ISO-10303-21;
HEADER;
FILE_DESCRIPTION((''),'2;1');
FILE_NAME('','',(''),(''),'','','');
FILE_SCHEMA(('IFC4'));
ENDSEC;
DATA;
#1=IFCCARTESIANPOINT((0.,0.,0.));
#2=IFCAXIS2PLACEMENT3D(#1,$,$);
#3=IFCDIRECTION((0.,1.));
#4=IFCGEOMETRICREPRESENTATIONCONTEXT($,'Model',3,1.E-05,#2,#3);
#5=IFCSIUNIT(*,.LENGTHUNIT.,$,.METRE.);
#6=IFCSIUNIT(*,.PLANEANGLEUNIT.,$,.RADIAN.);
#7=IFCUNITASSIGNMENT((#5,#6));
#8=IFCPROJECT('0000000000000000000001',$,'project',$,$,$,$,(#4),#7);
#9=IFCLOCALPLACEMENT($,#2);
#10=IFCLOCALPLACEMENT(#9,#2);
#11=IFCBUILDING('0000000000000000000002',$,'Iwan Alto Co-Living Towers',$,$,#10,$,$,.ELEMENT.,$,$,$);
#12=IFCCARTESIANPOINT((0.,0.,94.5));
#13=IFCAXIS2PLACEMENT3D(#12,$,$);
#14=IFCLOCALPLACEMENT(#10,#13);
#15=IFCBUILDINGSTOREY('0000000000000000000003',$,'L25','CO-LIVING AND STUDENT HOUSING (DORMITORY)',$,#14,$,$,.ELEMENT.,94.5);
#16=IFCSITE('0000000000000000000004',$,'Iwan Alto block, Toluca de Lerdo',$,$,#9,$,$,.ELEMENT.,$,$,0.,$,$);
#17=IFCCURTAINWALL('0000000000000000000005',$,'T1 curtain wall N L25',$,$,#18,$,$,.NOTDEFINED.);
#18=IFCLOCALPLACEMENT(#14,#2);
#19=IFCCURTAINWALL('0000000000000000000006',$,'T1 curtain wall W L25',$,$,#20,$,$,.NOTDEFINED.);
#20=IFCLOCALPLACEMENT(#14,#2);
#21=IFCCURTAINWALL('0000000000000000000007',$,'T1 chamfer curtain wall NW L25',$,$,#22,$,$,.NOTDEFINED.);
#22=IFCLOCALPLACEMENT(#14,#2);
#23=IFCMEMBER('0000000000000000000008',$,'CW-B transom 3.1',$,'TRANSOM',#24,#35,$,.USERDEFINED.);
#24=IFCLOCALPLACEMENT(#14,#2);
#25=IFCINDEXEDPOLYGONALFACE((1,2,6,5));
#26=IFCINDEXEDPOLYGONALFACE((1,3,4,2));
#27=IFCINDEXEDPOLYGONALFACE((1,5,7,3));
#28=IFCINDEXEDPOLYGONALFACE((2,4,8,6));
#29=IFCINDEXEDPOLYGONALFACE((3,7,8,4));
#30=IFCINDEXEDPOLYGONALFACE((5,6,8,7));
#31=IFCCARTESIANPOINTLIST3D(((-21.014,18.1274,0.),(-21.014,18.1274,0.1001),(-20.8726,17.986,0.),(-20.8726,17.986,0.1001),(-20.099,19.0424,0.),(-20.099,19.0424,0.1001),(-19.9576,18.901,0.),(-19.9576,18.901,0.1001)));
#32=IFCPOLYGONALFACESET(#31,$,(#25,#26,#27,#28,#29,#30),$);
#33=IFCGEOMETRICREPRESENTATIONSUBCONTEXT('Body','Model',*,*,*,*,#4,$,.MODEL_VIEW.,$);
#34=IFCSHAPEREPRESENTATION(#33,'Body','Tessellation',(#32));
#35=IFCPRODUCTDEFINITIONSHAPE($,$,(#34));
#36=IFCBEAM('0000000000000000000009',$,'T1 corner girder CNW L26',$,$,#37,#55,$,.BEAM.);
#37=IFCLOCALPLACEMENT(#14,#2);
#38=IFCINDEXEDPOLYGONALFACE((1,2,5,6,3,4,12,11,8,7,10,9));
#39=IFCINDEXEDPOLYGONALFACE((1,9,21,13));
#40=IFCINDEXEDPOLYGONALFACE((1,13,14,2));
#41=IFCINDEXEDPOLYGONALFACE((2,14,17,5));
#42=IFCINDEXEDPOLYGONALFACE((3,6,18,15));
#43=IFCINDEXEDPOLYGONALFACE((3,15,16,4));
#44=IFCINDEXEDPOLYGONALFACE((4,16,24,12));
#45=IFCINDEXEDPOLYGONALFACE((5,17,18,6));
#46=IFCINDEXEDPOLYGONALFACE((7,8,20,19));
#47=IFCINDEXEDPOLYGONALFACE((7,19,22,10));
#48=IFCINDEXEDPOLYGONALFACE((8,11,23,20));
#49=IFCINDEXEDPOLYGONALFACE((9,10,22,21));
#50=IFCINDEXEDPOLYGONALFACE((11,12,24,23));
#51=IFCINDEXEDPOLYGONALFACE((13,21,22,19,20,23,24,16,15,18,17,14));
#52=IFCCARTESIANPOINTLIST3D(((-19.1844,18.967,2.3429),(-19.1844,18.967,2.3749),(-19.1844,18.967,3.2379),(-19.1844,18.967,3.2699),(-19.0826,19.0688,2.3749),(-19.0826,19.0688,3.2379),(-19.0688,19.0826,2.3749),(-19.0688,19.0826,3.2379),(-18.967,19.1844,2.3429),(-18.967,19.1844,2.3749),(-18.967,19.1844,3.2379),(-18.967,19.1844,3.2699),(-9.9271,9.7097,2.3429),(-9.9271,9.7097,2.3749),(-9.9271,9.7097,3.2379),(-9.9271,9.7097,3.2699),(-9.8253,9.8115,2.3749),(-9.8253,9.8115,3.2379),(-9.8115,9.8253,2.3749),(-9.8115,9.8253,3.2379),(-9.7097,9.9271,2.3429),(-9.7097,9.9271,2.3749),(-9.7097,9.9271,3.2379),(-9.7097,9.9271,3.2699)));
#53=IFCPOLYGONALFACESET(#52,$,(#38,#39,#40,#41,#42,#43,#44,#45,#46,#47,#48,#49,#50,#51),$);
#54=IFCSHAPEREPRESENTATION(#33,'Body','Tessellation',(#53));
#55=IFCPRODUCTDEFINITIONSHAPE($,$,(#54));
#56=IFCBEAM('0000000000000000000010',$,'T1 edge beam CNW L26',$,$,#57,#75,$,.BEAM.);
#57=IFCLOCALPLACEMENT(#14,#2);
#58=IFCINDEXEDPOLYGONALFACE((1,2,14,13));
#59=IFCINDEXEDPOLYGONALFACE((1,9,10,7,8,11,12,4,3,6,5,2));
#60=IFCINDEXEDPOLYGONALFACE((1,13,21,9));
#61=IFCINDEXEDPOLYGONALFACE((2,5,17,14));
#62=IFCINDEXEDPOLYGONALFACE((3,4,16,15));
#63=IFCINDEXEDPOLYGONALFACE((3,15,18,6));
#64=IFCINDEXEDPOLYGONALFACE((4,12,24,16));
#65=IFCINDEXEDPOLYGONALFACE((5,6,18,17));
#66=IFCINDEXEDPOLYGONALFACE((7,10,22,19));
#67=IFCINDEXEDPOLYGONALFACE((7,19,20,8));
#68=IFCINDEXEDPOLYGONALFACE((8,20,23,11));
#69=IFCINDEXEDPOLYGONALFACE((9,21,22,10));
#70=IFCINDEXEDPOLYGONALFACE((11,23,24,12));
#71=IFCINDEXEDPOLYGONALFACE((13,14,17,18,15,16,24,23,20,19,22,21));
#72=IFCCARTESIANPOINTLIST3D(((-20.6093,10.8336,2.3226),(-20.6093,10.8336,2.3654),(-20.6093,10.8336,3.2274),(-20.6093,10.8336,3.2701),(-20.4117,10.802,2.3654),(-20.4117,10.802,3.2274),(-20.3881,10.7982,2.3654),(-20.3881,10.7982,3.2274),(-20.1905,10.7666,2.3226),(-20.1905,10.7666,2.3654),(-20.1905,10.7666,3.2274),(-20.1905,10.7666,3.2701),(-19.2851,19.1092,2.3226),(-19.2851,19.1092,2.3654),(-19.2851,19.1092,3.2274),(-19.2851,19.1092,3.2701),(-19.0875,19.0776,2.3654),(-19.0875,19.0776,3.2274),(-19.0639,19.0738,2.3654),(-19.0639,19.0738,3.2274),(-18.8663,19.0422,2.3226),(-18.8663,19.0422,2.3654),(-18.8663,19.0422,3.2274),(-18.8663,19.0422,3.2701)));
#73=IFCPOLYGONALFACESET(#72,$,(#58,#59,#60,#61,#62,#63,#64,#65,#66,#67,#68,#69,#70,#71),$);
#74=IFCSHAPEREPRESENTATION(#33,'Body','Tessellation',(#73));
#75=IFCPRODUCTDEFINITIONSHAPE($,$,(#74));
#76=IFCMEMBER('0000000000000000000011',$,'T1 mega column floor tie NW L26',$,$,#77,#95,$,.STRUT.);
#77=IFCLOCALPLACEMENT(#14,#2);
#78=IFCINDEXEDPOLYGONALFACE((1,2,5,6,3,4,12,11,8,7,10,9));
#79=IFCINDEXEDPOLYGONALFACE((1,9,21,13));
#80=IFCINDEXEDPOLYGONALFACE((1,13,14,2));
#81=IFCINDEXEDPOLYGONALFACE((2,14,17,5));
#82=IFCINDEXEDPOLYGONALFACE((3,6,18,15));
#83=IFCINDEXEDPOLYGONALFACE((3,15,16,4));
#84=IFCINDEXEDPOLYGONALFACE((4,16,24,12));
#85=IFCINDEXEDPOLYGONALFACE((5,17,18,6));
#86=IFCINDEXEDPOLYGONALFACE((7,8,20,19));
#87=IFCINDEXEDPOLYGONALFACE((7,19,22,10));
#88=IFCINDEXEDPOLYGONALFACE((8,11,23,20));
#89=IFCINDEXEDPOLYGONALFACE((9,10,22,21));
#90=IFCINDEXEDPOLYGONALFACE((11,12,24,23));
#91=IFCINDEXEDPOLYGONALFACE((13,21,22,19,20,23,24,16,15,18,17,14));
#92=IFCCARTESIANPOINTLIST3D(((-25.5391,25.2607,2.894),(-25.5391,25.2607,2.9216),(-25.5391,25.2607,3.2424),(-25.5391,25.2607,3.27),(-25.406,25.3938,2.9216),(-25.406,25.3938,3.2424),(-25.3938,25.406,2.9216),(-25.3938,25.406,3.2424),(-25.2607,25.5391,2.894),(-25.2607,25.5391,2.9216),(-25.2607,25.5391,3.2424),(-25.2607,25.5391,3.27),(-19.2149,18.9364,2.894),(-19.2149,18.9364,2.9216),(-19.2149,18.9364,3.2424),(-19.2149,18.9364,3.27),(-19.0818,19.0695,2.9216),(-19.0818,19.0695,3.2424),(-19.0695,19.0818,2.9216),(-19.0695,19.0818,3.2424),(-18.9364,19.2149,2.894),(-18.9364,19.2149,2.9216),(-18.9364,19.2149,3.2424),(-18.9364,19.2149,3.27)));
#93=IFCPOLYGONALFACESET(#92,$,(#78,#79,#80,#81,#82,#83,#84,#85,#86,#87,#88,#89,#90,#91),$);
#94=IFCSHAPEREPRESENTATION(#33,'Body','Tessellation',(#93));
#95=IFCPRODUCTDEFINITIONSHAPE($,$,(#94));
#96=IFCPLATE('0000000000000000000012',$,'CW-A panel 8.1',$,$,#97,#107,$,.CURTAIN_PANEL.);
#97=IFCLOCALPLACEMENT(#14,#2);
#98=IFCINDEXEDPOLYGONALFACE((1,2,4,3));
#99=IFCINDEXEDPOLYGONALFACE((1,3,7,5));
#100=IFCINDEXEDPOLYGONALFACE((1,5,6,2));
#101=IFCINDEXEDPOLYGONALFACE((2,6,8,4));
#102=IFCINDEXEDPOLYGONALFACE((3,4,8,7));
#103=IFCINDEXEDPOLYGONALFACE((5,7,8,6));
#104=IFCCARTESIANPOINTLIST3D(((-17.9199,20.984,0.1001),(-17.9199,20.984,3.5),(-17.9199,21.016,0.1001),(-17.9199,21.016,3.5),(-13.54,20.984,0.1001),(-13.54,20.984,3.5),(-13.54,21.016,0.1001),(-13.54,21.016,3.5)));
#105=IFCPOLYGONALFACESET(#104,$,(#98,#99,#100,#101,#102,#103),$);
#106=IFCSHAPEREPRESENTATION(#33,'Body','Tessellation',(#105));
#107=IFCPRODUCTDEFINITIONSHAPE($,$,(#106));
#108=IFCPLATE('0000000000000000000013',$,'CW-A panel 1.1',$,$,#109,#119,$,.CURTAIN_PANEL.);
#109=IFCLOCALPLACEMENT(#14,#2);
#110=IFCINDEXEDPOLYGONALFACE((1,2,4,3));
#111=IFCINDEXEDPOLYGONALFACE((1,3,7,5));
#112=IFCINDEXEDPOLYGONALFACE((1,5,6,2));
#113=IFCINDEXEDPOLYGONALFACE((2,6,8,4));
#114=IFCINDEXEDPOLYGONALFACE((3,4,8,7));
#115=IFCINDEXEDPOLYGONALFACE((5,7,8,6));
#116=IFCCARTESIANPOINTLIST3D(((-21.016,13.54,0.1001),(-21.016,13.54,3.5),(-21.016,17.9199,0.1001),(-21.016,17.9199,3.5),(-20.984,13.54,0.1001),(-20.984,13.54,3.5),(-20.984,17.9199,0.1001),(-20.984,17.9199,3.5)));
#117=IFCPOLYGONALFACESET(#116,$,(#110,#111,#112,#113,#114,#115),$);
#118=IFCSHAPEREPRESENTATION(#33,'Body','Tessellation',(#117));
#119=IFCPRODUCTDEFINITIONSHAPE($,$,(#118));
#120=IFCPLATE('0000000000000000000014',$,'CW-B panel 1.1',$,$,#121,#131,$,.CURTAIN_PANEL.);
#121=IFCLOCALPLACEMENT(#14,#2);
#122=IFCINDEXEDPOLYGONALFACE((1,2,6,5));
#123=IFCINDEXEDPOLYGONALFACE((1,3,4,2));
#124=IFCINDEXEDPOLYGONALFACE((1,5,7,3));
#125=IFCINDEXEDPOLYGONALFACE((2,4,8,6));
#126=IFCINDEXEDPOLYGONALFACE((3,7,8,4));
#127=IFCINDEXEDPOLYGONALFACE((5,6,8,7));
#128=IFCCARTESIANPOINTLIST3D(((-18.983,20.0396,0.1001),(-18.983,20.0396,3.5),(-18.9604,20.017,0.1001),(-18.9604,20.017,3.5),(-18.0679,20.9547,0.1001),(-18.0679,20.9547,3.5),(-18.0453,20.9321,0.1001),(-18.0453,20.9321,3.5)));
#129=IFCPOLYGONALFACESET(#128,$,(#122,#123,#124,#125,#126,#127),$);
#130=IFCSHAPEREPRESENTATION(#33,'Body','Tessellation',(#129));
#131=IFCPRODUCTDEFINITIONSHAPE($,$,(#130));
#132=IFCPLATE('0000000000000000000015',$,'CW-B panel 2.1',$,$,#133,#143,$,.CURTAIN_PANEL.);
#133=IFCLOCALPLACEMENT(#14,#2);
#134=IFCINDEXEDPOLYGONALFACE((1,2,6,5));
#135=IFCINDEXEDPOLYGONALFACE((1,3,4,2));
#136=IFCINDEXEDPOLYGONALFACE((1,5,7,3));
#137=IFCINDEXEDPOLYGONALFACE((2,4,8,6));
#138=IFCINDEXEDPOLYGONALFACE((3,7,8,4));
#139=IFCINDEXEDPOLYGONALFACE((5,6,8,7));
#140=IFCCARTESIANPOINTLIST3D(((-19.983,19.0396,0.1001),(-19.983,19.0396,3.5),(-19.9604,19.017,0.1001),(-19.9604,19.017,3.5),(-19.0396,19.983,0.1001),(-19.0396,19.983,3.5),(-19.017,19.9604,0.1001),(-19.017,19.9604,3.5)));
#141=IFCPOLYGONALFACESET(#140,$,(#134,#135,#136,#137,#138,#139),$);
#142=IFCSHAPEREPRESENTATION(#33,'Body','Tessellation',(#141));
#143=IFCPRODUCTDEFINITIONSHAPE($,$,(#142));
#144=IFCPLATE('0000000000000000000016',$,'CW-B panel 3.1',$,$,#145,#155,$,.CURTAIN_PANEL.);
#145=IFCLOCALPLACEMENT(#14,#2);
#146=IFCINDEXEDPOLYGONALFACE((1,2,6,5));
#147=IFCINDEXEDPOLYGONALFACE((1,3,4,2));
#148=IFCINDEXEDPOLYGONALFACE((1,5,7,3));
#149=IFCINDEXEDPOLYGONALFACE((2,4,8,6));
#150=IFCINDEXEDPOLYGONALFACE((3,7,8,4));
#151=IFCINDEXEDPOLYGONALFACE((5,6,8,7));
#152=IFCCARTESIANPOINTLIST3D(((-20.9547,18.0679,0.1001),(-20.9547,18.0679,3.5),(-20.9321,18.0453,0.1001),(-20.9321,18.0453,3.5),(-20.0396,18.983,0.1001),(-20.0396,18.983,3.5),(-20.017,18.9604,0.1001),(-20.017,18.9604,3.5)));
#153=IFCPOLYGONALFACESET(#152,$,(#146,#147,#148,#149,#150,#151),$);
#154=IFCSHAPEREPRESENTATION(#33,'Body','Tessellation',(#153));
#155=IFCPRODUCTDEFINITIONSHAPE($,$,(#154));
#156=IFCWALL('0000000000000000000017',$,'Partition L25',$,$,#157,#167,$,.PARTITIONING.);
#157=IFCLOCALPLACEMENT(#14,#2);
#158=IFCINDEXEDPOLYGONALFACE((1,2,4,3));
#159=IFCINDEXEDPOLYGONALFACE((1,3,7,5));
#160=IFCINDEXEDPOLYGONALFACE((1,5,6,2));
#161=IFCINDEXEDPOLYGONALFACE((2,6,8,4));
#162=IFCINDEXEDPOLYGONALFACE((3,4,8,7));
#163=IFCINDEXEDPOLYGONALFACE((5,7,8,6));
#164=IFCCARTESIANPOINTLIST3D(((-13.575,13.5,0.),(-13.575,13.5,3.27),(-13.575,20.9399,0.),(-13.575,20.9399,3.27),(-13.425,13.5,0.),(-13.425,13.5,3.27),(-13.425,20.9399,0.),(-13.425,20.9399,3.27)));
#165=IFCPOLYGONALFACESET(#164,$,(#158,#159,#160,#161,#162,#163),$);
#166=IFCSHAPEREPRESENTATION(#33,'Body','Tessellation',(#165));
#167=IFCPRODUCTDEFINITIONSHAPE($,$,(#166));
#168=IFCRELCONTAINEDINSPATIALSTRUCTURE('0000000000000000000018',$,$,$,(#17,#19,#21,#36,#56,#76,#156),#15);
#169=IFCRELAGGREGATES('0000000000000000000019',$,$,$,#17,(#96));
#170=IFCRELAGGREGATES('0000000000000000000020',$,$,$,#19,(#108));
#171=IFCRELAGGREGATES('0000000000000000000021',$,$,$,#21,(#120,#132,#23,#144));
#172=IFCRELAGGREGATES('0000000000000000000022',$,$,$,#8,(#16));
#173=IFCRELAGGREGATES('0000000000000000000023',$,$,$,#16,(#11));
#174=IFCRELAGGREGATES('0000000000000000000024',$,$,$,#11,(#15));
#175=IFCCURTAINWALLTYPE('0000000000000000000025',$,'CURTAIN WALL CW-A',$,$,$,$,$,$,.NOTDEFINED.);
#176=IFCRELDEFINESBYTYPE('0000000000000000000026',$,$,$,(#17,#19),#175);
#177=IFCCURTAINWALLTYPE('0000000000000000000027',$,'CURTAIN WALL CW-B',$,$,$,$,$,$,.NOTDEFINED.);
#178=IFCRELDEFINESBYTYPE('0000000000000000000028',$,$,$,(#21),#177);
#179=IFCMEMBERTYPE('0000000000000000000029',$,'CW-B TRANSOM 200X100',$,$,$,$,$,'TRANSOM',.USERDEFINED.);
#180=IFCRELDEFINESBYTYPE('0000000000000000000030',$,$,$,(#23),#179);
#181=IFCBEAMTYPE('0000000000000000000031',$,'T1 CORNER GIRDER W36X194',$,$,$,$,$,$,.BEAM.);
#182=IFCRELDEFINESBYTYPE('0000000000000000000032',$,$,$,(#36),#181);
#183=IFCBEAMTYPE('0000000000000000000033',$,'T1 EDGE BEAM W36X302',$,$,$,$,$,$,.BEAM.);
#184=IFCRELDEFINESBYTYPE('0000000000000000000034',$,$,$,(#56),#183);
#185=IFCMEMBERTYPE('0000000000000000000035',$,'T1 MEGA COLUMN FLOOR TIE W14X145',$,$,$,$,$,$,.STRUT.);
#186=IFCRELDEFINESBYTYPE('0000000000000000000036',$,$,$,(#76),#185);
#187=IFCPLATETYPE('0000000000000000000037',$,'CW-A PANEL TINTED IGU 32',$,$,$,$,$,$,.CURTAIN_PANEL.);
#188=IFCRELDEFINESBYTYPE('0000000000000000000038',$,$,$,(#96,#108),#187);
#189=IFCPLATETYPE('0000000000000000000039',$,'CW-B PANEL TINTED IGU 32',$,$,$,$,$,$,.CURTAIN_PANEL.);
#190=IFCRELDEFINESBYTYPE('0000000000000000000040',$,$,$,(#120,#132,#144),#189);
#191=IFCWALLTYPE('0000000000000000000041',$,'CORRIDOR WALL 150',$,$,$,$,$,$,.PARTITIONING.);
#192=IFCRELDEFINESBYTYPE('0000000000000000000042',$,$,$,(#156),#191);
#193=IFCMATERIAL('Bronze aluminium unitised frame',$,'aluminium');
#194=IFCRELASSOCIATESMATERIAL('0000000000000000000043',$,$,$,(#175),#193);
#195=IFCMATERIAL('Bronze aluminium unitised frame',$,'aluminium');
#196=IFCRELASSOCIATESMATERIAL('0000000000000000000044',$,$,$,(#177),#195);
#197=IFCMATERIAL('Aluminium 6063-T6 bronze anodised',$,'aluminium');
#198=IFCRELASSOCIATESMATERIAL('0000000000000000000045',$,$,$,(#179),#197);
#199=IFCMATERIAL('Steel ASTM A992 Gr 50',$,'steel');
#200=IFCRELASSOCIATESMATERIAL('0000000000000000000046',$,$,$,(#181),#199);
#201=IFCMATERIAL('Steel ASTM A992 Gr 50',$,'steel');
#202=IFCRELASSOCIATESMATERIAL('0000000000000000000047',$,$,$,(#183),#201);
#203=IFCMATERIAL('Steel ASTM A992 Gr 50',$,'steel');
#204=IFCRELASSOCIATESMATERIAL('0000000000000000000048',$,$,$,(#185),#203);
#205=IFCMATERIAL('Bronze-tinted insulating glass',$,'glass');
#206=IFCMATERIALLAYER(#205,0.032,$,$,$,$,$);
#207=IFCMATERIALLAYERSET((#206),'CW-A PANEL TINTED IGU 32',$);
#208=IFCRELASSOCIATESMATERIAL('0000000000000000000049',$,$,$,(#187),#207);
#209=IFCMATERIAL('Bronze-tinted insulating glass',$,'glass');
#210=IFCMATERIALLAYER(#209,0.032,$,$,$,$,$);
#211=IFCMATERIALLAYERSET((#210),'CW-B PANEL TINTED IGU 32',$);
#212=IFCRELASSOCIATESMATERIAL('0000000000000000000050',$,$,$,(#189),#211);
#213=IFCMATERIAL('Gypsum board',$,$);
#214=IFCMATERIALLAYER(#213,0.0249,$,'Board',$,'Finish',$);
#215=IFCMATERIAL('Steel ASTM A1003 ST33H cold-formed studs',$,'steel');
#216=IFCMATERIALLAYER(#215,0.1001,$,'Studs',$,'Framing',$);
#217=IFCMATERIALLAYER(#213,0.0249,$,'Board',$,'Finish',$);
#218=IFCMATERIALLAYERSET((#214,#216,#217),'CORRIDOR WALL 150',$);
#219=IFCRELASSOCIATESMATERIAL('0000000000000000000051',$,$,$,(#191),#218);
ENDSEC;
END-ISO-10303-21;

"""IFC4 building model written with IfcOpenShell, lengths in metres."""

from ifc_helpers import new_model, si_unit, direction, frame, frame_2d, origin, origin_2d, place, context, subcontext, project, spatial, rectangle, i_section, extrude, material, layer, layer_set, material_profile, profile_set, type_object, element, aggregate, save


model = new_model("IFC4")

# Units and contexts
model_context = context("Model", 3, precision=1e-05, world=origin(), true_north=direction((0.0, 1.0)))
body_context = subcontext(model_context, "Body", "Model", "MODEL_VIEW")
ifc_project = project(units=[si_unit("LENGTHUNIT", "METRE"), si_unit("PLANEANGLEUNIT", "RADIAN")], contexts=[model_context])

# Site, building, storey
site_placement = place(None, origin())
site = spatial("IfcSite", under=ifc_project, at=site_placement, Name="Iwan Alto block, Toluca de Lerdo", CompositionType="ELEMENT", RefElevation=0.0)
building_placement = place(site_placement, origin())
building = spatial("IfcBuilding", under=site, at=building_placement, Name="Iwan Alto Co-Living Towers", CompositionType="ELEMENT")
storey_placement = place(building_placement, frame((0.0, 0.0, 94.5)))
storey = spatial("IfcBuildingStorey", under=building, at=storey_placement, Name="L25", Description="CO-LIVING AND STUDENT HOUSING (DORMITORY)", CompositionType="ELEMENT", Elevation=94.5)

# Curtain walls
ifc_material_1 = material(Name="Bronze aluminium unitised frame", Category="aluminium")
curtain_wall_type_1 = type_object("IfcCurtainWallType", Name="CURTAIN WALL CW-A", PredefinedType="NOTDEFINED", material=ifc_material_1)
curtain_wall_1_placement = place(storey_placement, origin())
curtain_wall_1 = element("IfcCurtainWall", 1, at=curtain_wall_1_placement, inside=storey, type_object=curtain_wall_type_1, Name="T1 curtain wall N L25", PredefinedType="NOTDEFINED")
curtain_wall_2_placement = place(storey_placement, origin())
curtain_wall_2 = element("IfcCurtainWall", 2, at=curtain_wall_2_placement, inside=storey, type_object=curtain_wall_type_1, Name="T1 curtain wall W L25", PredefinedType="NOTDEFINED")

# Curtain wall, member
ifc_material_2 = material(Name="Bronze aluminium unitised frame", Category="aluminium")
curtain_wall_type_2 = type_object("IfcCurtainWallType", Name="CURTAIN WALL CW-B", PredefinedType="NOTDEFINED", material=ifc_material_2)
curtain_wall_3_placement = place(storey_placement, origin())
curtain_wall_3 = element("IfcCurtainWall", 3, at=curtain_wall_3_placement, inside=storey, type_object=curtain_wall_type_2, Name="T1 chamfer curtain wall NW L25", PredefinedType="NOTDEFINED")
ifc_material_3 = material(Name="Aluminium 6063-T6 bronze anodised", Category="aluminium")
ifc_material_profile_1 = material_profile(ifc_material_3, rectangle(XDim=0.2, YDim=0.1001, at=origin_2d()), Name="AL 200X100")
ifc_profile_set_1 = profile_set([ifc_material_profile_1], Name="Aluminium 6063-T6 bronze anodised")
member_type_1 = type_object("IfcMemberType", Name="CW-B TRANSOM 200X100", ElementType="TRANSOM", PredefinedType="USERDEFINED", material=ifc_profile_set_1)
member_1_placement = place(storey_placement, frame((-20.0283, 18.9717, 0.05), z_axis=(-0.707107, -0.707107, 0.0), x_axis=(0.707107, -0.707107, 0.0)))
member_1 = element("IfcMember", 4, at=member_1_placement, type_object=member_type_1, Name="CW-B transom 3.1", ObjectType="TRANSOM", PredefinedType="USERDEFINED", context=body_context, shape_type="SweptSolid", body=[
    extrude(rectangle(XDim=0.2, YDim=0.1001, at=origin_2d()), origin(), (0.0, 0.0, 1.0), 1.2939),
])

# Beams
ifc_material_4 = material(Name="Steel ASTM A992 Gr 50", Category="steel")
ifc_material_profile_2 = material_profile(ifc_material_4, i_section(OverallWidth=0.3074, OverallDepth=0.927, WebThickness=0.0195, FlangeThickness=0.032, at=origin_2d()), Name="W36X194")
ifc_profile_set_2 = profile_set([ifc_material_profile_2], Name="Steel ASTM A992 Gr 50")
beam_type_1 = type_object("IfcBeamType", Name="T1 CORNER GIRDER W36X194", PredefinedType="BEAM", material=ifc_profile_set_2)
beam_1_placement = place(storey_placement, frame((-19.0757, 19.0757, 2.8064), z_axis=(0.707107, -0.707107, 0.0), x_axis=(0.707107, 0.707107, 0.0)))
element("IfcBeam", 5, at=beam_1_placement, inside=storey, type_object=beam_type_1, Name="T1 corner girder CNW L26", PredefinedType="BEAM", context=body_context, shape_type="SweptSolid", body=[
    extrude(i_section(OverallWidth=0.3074, OverallDepth=0.927, WebThickness=0.0195, FlangeThickness=0.032, at=origin_2d()), origin(), (0.0, 0.0, 1.0), 13.0918),
])
ifc_material_5 = material(Name="Steel ASTM A992 Gr 50", Category="steel")
ifc_material_profile_3 = material_profile(ifc_material_5, i_section(OverallWidth=0.4241, OverallDepth=0.9475, WebThickness=0.0239, FlangeThickness=0.0427, at=origin_2d()), Name="W36X302")
ifc_profile_set_3 = profile_set([ifc_material_profile_3], Name="Steel ASTM A992 Gr 50")
beam_type_2 = type_object("IfcBeamType", Name="T1 EDGE BEAM W36X302", PredefinedType="BEAM", material=ifc_profile_set_3)
beam_2_placement = place(storey_placement, frame((-19.0757, 19.0757, 2.7964), z_axis=(-0.158004, -0.987438, 0.0), x_axis=(0.987438, -0.158004, 0.0)))
element("IfcBeam", 6, at=beam_2_placement, inside=storey, type_object=beam_type_2, Name="T1 edge beam CNW L26", PredefinedType="BEAM", context=body_context, shape_type="SweptSolid", body=[
    extrude(i_section(OverallWidth=0.4241, OverallDepth=0.9475, WebThickness=0.0239, FlangeThickness=0.0427, at=origin_2d()), origin(), (0.0, 0.0, 1.0), 8.3809),
])

# Member
ifc_material_6 = material(Name="Steel ASTM A992 Gr 50", Category="steel")
ifc_material_profile_4 = material_profile(ifc_material_6, i_section(OverallWidth=0.3938, OverallDepth=0.376, WebThickness=0.0173, FlangeThickness=0.0276, at=origin_2d()), Name="W14X145")
ifc_profile_set_4 = profile_set([ifc_material_profile_4], Name="Steel ASTM A992 Gr 50")
member_type_2 = type_object("IfcMemberType", Name="T1 MEGA COLUMN FLOOR TIE W14X145", PredefinedType="STRUT", material=ifc_profile_set_4)
member_2_placement = place(storey_placement, frame((-25.3999, 25.3999, 3.082), z_axis=(0.707107, -0.707107, 0.0), x_axis=(0.707107, 0.707107, 0.0)))
element("IfcMember", 7, at=member_2_placement, inside=storey, type_object=member_type_2, Name="T1 mega column floor tie NW L26", PredefinedType="STRUT", context=body_context, shape_type="SweptSolid", body=[
    extrude(i_section(OverallWidth=0.3938, OverallDepth=0.376, WebThickness=0.0173, FlangeThickness=0.0276, at=origin_2d()), origin(), (0.0, 0.0, 1.0), 8.9438),
])

# Plates
ifc_material_7 = material(Name="Bronze-tinted insulating glass", Category="glass")
ifc_layer_1 = layer(ifc_material_7, 0.032)
ifc_layer_set_1 = layer_set([ifc_layer_1], Name="CW-A PANEL TINTED IGU 32")
plate_type_1 = type_object("IfcPlateType", Name="CW-A PANEL TINTED IGU 32", PredefinedType="CURTAIN_PANEL", material=ifc_layer_set_1)
plate_1_placement = place(storey_placement, frame((-15.73, 21.0, 0.1001), z_axis=(0.0, 0.0, 1.0), x_axis=(-1.0, 0.0, 0.0)))
plate_1 = element("IfcPlate", 8, at=plate_1_placement, type_object=plate_type_1, Name="CW-A panel 8.1", PredefinedType="CURTAIN_PANEL", context=body_context, shape_type="SweptSolid", body=[
    extrude(rectangle(XDim=4.3799, YDim=0.032, at=origin_2d()), origin(), (0.0, 0.0, 1.0), 3.3999),
])
aggregate(curtain_wall_1, [plate_1])
plate_2_placement = place(storey_placement, frame((-21.0, 15.73, 0.1001), z_axis=(0.0, 0.0, 1.0), x_axis=(0.0, -1.0, 0.0)))
plate_2 = element("IfcPlate", 9, at=plate_2_placement, type_object=plate_type_1, Name="CW-A panel 1.1", PredefinedType="CURTAIN_PANEL", context=body_context, shape_type="SweptSolid", body=[
    extrude(rectangle(XDim=4.3799, YDim=0.032, at=origin_2d()), origin(), (0.0, 0.0, 1.0), 3.3999),
])
aggregate(curtain_wall_2, [plate_2])
ifc_material_8 = material(Name="Bronze-tinted insulating glass", Category="glass")
ifc_layer_2 = layer(ifc_material_8, 0.032)
ifc_layer_set_2 = layer_set([ifc_layer_2], Name="CW-B PANEL TINTED IGU 32")
plate_type_2 = type_object("IfcPlateType", Name="CW-B PANEL TINTED IGU 32", PredefinedType="CURTAIN_PANEL", material=ifc_layer_set_2)
plate_3_placement = place(storey_placement, frame((-18.5142, 20.4858, 0.1001), z_axis=(0.0, 0.0, 1.0), x_axis=(-0.707107, -0.707107, 0.0)))
plate_3 = element("IfcPlate", 10, at=plate_3_placement, type_object=plate_type_2, Name="CW-B panel 1.1", PredefinedType="CURTAIN_PANEL", context=body_context, shape_type="SweptSolid", body=[
    extrude(rectangle(XDim=1.2942, YDim=0.032, at=origin_2d()), origin(), (0.0, 0.0, 1.0), 3.3999),
])
plate_4_placement = place(storey_placement, frame((-19.5, 19.5, 0.1001), z_axis=(0.0, 0.0, 1.0), x_axis=(-0.707107, -0.707107, 0.0)))
plate_4 = element("IfcPlate", 11, at=plate_4_placement, type_object=plate_type_2, Name="CW-B panel 2.1", PredefinedType="CURTAIN_PANEL", context=body_context, shape_type="SweptSolid", body=[
    extrude(rectangle(XDim=1.3342, YDim=0.032, at=origin_2d()), origin(), (0.0, 0.0, 1.0), 3.3999),
])
plate_5_placement = place(storey_placement, frame((-20.4858, 18.5142, 0.1001), z_axis=(0.0, 0.0, 1.0), x_axis=(-0.707107, -0.707107, 0.0)))
plate_5 = element("IfcPlate", 12, at=plate_5_placement, type_object=plate_type_2, Name="CW-B panel 3.1", PredefinedType="CURTAIN_PANEL", context=body_context, shape_type="SweptSolid", body=[
    extrude(rectangle(XDim=1.2942, YDim=0.032, at=origin_2d()), origin(), (0.0, 0.0, 1.0), 3.3999),
])
aggregate(curtain_wall_3, [plate_3, plate_4, member_1, plate_5])

# Wall
ifc_material_9 = material(Name="Gypsum board")
ifc_layer_3 = layer(ifc_material_9, 0.0249, Name="Board", Category="Finish")
ifc_material_10 = material(Name="Steel ASTM A1003 ST33H cold-formed studs", Category="steel")
ifc_layer_4 = layer(ifc_material_10, 0.1001, Name="Studs", Category="Framing")
ifc_layer_5 = layer(ifc_material_9, 0.0249, Name="Board", Category="Finish")
ifc_layer_set_3 = layer_set([ifc_layer_3, ifc_layer_4, ifc_layer_5], Name="CORRIDOR WALL 150")
wall_type = type_object("IfcWallType", Name="CORRIDOR WALL 150", PredefinedType="PARTITIONING", material=ifc_layer_set_3)
wall_placement = place(storey_placement, frame((-13.5, 13.5, 0.0), z_axis=(0.0, 0.0, 1.0), x_axis=(0.0, 1.0, 0.0)))
element("IfcWall", 13, at=wall_placement, inside=storey, type_object=wall_type, Name="Partition L25", PredefinedType="PARTITIONING", context=body_context, shape_type="SweptSolid", body=[
    extrude(rectangle(XDim=7.4399, YDim=0.1499, at=frame_2d((3.72, 0.0))), origin(), (0.0, 0.0, 1.0), 3.27),
])

save(model, "model.ifc")
